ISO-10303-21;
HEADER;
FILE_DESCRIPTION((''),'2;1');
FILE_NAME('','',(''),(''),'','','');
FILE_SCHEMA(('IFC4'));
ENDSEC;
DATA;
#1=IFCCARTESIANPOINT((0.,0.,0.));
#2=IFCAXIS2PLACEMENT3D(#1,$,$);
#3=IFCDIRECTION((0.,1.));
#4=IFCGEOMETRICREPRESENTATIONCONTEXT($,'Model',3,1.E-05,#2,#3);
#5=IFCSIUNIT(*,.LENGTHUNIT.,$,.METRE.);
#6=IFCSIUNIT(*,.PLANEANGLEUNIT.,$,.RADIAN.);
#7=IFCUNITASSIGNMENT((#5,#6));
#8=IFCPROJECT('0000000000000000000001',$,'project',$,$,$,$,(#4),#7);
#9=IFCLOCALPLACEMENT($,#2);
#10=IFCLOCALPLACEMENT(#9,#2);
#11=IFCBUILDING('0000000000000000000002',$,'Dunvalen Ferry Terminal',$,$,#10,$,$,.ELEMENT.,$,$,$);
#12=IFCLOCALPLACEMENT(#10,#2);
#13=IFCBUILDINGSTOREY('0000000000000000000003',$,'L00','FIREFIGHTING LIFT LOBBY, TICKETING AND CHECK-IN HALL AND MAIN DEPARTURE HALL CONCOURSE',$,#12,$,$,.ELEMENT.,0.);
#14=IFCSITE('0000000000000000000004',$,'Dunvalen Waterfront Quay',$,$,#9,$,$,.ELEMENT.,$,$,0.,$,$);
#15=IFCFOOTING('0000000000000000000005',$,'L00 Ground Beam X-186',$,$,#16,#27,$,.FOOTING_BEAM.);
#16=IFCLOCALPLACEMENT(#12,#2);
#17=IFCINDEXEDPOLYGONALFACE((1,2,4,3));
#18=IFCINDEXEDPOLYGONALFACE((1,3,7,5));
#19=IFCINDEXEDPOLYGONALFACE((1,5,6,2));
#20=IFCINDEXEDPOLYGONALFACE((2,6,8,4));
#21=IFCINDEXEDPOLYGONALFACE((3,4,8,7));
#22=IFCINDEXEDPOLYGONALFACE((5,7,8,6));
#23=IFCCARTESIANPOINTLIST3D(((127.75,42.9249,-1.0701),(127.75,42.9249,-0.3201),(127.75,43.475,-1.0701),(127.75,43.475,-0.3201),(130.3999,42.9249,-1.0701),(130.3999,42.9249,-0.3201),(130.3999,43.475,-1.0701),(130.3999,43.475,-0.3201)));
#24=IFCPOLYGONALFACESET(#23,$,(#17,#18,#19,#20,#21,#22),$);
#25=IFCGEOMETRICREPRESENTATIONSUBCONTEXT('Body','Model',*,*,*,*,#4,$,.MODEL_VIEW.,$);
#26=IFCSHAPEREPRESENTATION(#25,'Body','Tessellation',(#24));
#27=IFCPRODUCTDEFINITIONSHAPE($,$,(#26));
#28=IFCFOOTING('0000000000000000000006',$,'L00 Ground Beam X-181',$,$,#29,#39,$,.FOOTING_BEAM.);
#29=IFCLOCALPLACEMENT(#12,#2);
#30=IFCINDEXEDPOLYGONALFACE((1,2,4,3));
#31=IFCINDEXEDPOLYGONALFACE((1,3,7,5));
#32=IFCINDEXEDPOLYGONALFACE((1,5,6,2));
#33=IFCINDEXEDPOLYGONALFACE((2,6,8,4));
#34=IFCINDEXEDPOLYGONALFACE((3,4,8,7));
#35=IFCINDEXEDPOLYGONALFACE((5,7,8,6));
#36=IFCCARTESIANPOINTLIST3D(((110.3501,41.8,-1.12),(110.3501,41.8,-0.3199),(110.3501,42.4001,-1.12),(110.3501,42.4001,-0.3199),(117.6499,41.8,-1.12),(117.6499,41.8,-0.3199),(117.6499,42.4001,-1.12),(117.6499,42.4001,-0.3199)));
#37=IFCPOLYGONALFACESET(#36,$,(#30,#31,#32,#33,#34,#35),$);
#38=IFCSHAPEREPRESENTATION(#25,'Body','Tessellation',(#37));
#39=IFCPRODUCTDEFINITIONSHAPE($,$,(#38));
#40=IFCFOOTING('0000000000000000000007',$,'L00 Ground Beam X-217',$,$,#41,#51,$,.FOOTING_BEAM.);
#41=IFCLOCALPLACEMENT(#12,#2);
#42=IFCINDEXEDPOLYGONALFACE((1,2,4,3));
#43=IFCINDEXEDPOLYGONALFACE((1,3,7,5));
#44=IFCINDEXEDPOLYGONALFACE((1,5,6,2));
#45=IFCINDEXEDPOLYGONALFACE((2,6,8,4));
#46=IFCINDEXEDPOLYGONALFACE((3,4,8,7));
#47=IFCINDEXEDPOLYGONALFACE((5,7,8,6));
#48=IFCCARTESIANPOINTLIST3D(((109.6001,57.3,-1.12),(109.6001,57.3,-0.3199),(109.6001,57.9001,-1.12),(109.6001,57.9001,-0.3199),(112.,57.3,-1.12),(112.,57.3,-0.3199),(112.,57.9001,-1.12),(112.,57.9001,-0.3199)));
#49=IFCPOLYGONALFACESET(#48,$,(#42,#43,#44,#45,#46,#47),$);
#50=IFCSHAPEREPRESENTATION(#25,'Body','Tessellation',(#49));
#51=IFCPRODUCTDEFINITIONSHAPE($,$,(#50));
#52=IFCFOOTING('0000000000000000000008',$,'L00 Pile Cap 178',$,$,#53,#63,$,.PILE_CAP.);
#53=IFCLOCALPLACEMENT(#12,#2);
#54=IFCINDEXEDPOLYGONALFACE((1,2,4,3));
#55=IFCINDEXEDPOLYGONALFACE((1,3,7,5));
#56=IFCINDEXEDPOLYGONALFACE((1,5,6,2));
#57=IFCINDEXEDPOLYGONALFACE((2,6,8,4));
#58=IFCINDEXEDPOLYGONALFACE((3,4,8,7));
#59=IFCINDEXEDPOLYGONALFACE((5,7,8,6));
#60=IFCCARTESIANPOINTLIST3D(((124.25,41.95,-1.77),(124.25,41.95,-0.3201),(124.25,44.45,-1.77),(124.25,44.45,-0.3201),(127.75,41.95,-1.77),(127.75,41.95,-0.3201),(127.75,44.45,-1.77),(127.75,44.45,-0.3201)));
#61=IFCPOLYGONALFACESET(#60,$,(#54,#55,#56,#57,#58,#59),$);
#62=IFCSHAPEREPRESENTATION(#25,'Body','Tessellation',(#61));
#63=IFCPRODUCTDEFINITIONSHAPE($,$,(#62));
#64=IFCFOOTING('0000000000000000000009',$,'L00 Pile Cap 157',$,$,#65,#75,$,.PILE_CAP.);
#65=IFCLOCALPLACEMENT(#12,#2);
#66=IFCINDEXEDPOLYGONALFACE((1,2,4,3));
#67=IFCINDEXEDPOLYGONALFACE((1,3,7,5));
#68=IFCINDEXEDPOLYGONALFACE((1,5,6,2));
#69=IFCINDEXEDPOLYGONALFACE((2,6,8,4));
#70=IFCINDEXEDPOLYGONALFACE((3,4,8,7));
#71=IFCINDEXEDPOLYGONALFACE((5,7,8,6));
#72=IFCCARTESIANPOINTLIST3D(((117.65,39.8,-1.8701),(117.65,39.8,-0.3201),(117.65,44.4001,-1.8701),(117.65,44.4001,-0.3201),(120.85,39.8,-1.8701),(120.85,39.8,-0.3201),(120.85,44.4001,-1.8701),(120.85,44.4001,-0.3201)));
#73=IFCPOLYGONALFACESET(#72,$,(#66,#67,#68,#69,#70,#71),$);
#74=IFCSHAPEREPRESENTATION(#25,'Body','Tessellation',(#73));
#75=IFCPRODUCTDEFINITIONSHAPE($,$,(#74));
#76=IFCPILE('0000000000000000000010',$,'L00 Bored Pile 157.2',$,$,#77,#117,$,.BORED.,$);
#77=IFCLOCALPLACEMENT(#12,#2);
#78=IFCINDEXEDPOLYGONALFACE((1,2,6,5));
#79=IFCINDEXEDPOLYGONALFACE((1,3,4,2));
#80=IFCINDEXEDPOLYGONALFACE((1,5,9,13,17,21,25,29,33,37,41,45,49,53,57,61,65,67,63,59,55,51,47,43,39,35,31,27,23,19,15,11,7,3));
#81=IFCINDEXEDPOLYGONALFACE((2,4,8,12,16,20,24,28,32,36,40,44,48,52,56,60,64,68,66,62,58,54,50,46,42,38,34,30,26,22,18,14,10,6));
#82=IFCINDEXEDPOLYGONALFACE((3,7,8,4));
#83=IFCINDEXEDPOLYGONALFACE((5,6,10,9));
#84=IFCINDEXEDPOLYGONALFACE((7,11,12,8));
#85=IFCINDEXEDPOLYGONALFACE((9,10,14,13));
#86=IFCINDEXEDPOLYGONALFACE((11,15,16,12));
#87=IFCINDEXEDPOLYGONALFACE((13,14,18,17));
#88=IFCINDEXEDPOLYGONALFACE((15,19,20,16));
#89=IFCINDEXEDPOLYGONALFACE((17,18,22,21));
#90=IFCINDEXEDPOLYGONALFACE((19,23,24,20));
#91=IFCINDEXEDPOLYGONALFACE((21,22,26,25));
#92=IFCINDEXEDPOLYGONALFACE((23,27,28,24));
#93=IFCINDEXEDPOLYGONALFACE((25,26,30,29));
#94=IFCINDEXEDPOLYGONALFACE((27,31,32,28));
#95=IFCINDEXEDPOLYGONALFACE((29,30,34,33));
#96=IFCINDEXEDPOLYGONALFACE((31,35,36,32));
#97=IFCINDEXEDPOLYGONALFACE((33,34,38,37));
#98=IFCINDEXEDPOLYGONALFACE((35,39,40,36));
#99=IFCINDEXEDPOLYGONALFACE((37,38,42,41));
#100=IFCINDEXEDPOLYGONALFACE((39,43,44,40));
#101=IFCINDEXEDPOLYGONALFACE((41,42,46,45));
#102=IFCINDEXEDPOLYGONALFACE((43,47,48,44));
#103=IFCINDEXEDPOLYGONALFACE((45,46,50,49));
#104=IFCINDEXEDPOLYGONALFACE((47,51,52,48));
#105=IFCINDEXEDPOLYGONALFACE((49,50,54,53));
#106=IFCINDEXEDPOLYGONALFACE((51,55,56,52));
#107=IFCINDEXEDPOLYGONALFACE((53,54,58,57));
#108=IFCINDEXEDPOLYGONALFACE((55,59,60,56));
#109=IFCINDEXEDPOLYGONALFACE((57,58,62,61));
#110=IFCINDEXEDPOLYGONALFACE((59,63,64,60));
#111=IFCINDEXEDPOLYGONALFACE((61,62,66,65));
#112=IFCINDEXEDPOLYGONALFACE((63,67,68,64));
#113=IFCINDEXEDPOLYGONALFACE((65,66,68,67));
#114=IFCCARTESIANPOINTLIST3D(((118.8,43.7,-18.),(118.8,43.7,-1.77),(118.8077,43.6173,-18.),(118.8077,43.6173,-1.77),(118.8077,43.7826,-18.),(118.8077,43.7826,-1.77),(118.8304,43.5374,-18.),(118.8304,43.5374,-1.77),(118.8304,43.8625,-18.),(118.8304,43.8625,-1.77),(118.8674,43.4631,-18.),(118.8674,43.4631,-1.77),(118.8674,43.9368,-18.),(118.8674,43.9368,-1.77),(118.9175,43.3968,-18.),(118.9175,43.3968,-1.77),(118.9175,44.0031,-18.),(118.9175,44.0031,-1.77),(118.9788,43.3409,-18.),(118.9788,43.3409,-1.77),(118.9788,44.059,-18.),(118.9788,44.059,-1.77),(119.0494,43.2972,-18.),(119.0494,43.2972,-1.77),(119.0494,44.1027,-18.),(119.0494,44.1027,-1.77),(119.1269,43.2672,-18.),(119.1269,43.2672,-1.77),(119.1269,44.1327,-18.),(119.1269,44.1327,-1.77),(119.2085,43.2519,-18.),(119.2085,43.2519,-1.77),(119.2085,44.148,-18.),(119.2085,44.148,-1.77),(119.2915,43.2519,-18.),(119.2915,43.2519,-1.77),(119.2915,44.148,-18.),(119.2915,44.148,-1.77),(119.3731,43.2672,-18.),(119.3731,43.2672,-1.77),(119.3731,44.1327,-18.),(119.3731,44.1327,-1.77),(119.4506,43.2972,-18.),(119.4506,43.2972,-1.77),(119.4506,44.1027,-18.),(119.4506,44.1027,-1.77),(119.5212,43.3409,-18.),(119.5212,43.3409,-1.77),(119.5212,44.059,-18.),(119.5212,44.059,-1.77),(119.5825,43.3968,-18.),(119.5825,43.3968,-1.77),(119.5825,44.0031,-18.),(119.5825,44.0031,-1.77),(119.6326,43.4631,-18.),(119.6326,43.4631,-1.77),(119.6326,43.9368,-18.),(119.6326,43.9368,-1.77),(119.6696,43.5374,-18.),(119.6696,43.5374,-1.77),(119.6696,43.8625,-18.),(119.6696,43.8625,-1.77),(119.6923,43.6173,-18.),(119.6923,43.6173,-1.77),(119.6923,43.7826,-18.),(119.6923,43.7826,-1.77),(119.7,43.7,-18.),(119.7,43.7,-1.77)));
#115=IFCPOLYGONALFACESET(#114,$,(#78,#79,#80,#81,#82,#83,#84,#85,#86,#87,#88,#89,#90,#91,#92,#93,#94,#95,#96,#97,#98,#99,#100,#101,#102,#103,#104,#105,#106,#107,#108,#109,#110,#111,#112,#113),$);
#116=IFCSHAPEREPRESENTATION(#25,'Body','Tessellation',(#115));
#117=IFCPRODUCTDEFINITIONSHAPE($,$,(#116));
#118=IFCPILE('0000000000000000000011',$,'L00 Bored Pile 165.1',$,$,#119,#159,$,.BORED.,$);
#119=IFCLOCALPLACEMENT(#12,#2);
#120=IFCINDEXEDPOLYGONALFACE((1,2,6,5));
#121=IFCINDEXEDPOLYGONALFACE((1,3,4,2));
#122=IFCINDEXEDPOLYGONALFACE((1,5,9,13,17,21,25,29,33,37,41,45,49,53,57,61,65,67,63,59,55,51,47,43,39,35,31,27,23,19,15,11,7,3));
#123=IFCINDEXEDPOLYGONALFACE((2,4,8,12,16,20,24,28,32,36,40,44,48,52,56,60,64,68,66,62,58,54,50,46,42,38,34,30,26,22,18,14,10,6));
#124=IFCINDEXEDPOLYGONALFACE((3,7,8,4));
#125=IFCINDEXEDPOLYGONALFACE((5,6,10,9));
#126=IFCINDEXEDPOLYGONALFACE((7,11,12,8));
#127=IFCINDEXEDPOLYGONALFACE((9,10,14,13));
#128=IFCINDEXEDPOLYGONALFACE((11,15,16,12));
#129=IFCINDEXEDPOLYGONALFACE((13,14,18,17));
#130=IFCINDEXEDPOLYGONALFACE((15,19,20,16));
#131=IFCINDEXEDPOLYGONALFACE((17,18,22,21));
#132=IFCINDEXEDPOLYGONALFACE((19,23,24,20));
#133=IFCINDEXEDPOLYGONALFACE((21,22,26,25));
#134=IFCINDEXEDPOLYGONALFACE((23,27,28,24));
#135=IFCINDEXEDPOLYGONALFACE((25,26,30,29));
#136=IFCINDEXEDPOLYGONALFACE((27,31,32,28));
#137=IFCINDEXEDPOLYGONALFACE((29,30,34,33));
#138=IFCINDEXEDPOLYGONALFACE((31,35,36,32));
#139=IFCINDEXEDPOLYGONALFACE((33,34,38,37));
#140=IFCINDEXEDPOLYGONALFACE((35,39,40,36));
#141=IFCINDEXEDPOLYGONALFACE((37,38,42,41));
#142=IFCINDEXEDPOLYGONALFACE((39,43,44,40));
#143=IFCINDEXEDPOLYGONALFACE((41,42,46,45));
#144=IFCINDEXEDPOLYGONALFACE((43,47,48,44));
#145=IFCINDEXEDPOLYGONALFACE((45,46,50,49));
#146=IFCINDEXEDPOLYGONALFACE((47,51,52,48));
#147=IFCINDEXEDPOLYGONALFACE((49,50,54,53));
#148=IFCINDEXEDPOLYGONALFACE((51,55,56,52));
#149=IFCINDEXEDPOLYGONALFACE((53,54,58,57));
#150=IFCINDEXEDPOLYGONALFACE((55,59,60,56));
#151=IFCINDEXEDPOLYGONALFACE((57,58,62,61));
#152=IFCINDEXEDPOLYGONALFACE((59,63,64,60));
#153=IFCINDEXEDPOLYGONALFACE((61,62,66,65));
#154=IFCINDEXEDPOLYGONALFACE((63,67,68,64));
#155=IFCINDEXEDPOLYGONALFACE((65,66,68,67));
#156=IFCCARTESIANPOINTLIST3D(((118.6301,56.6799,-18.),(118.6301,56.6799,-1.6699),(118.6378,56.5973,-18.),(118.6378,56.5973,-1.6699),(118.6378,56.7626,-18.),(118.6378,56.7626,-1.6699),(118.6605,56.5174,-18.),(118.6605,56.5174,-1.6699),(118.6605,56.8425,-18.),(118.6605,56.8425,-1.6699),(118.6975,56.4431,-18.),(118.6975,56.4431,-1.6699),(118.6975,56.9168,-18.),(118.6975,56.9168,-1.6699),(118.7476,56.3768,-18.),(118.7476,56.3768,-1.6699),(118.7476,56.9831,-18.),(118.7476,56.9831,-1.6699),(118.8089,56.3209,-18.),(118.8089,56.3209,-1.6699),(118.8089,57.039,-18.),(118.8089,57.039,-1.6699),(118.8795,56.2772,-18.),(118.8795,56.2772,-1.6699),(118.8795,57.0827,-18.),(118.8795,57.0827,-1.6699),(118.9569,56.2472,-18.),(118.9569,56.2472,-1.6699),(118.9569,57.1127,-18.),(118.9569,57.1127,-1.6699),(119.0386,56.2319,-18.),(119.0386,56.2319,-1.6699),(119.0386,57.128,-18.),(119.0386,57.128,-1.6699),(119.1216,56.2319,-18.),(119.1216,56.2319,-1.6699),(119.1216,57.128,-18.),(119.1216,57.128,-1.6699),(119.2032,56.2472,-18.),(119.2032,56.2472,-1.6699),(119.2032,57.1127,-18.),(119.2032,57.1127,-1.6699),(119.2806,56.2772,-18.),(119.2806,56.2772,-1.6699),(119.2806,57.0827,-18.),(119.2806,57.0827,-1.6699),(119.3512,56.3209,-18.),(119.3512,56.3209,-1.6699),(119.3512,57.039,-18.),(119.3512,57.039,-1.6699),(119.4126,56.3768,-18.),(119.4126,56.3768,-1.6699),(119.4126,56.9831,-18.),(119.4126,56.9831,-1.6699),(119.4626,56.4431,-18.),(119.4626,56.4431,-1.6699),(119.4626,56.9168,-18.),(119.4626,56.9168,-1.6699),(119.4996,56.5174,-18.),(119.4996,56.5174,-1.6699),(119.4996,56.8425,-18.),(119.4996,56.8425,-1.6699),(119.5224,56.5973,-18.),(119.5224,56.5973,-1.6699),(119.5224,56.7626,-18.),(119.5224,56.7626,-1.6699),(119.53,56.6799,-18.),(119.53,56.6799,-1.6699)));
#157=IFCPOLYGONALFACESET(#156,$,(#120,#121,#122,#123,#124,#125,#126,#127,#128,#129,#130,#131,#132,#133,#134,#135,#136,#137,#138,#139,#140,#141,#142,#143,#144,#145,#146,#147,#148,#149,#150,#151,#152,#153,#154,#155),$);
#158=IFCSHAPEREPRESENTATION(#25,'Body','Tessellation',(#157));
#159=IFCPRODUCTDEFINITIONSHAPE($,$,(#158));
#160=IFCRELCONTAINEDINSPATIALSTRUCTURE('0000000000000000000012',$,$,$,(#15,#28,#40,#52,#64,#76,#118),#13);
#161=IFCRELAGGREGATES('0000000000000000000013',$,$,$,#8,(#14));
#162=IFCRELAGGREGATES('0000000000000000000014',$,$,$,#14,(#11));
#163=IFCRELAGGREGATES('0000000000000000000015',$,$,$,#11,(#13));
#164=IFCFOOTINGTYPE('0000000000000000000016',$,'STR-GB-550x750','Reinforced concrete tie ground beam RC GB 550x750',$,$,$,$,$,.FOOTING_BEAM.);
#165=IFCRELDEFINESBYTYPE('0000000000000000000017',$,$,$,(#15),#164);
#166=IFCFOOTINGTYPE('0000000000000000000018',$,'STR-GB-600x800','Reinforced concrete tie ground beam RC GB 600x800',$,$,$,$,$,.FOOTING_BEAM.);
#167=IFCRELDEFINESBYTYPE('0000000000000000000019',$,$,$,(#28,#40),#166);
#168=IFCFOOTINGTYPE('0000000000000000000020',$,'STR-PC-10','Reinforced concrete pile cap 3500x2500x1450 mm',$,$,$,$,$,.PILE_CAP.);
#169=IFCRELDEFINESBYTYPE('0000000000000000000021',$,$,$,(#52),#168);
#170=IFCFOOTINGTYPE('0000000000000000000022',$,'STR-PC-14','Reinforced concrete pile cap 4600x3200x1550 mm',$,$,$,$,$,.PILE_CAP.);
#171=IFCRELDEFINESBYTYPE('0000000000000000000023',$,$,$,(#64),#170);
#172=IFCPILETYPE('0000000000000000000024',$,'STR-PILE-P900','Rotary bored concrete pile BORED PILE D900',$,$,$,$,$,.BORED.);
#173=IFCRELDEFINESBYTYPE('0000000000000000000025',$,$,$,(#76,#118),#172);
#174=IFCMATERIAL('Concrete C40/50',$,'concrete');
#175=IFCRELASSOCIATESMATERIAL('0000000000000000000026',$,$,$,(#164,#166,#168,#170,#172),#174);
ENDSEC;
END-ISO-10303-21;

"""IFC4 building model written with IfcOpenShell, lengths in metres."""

from ifc_helpers import new_model, si_unit, direction, frame, origin, origin_2d, place, context, subcontext, project, spatial, rectangle, circle, extrude, material, material_profile, profile_set, type_object, element, save


model = new_model("IFC4")

# Units and contexts
model_context = context("Model", 3, precision=1e-05, world=origin(), true_north=direction((0.0, 1.0)))
body_context = subcontext(model_context, "Body", "Model", "MODEL_VIEW")
ifc_project = project(units=[si_unit("LENGTHUNIT", "METRE"), si_unit("PLANEANGLEUNIT", "RADIAN")], contexts=[model_context])

# Site, building, storey
site_placement = place(None, origin())
site = spatial("IfcSite", under=ifc_project, at=site_placement, Name="Dunvalen Waterfront Quay", CompositionType="ELEMENT", RefElevation=0.0)
building_placement = place(site_placement, origin())
building = spatial("IfcBuilding", under=site, at=building_placement, Name="Dunvalen Ferry Terminal", CompositionType="ELEMENT")
storey_placement = place(building_placement, origin())
storey = spatial("IfcBuildingStorey", under=building, at=storey_placement, Name="L00", Description="FIREFIGHTING LIFT LOBBY, TICKETING AND CHECK-IN HALL AND MAIN DEPARTURE HALL CONCOURSE", CompositionType="ELEMENT", Elevation=0.0)

# Footings
ifc_material_1 = material(Name="Concrete C40/50", Category="concrete")
ifc_material_profile_1 = material_profile(ifc_material_1, rectangle(XDim=0.55, YDim=0.75, at=origin_2d()), Name="Concrete C40/50")
ifc_profile_set_1 = profile_set([ifc_material_profile_1], Name="Concrete C40/50")
footing_type_1 = type_object("IfcFootingType", Name="STR-GB-550x750", Description="Reinforced concrete tie ground beam RC GB 550x750", PredefinedType="FOOTING_BEAM", material=ifc_profile_set_1)
footing_1_placement = place(storey_placement, frame((127.75, 43.2, -0.6951), z_axis=(1.0, 0.0, 0.0), x_axis=(0.0, 1.0, 0.0)))
element("IfcFooting", 1, at=footing_1_placement, inside=storey, type_object=footing_type_1, Name="L00 Ground Beam X-186", PredefinedType="FOOTING_BEAM", context=body_context, shape_type="SweptSolid", body=[
    extrude(rectangle(XDim=0.55, YDim=0.75, at=origin_2d()), origin(), (0.0, 0.0, 1.0), 2.6499),
])
ifc_material_profile_2 = material_profile(ifc_material_1, rectangle(XDim=0.6001, YDim=0.8, at=origin_2d()), Name="Concrete C40/50")
ifc_profile_set_2 = profile_set([ifc_material_profile_2], Name="Concrete C40/50")
footing_type_2 = type_object("IfcFootingType", Name="STR-GB-600x800", Description="Reinforced concrete tie ground beam RC GB 600x800", PredefinedType="FOOTING_BEAM", material=ifc_profile_set_2)
footing_2_placement = place(storey_placement, frame((110.3501, 42.1001, -0.72), z_axis=(1.0, 0.0, 0.0), x_axis=(0.0, 1.0, 0.0)))
element("IfcFooting", 2, at=footing_2_placement, inside=storey, type_object=footing_type_2, Name="L00 Ground Beam X-181", PredefinedType="FOOTING_BEAM", context=body_context, shape_type="SweptSolid", body=[
    extrude(rectangle(XDim=0.6001, YDim=0.8, at=origin_2d()), origin(), (0.0, 0.0, 1.0), 7.2998),
])
footing_3_placement = place(storey_placement, frame((109.6001, 57.6001, -0.72), z_axis=(1.0, 0.0, 0.0), x_axis=(0.0, 1.0, 0.0)))
element("IfcFooting", 3, at=footing_3_placement, inside=storey, type_object=footing_type_2, Name="L00 Ground Beam X-217", PredefinedType="FOOTING_BEAM", context=body_context, shape_type="SweptSolid", body=[
    extrude(rectangle(XDim=0.6001, YDim=0.8, at=origin_2d()), origin(), (0.0, 0.0, 1.0), 2.3999),
])
footing_type_3 = type_object("IfcFootingType", Name="STR-PC-10", Description="Reinforced concrete pile cap 3500x2500x1450 mm", PredefinedType="PILE_CAP", material=ifc_material_1)
footing_4_placement = place(storey_placement, frame((126.0, 43.2, -1.77), z_axis=(0.0, 0.0, 1.0), x_axis=(1.0, 0.0, 0.0)))
element("IfcFooting", 4, at=footing_4_placement, inside=storey, type_object=footing_type_3, Name="L00 Pile Cap 178", PredefinedType="PILE_CAP", context=body_context, shape_type="SweptSolid", body=[
    extrude(rectangle(XDim=3.5, YDim=2.5, at=origin_2d()), origin(), (0.0, 0.0, 1.0), 1.45),
])
footing_type_4 = type_object("IfcFootingType", Name="STR-PC-14", Description="Reinforced concrete pile cap 4600x3200x1550 mm", PredefinedType="PILE_CAP", material=ifc_material_1)
footing_5_placement = place(storey_placement, frame((119.25, 42.1001, -1.8701), z_axis=(0.0, 0.0, 1.0), x_axis=(0.0, 1.0, 0.0)))
element("IfcFooting", 5, at=footing_5_placement, inside=storey, type_object=footing_type_4, Name="L00 Pile Cap 157", PredefinedType="PILE_CAP", context=body_context, shape_type="SweptSolid", body=[
    extrude(rectangle(XDim=4.6001, YDim=3.2, at=origin_2d()), origin(), (0.0, 0.0, 1.0), 1.55),
])

# Piles
ifc_material_profile_3 = material_profile(ifc_material_1, circle(Radius=0.45, at=origin_2d()), Name="Concrete C40/50")
ifc_profile_set_3 = profile_set([ifc_material_profile_3], Name="Concrete C40/50")
pile_type = type_object("IfcPileType", Name="STR-PILE-P900", Description="Rotary bored concrete pile BORED PILE D900", PredefinedType="BORED", material=ifc_profile_set_3)
pile_placement = place(storey_placement, frame((119.25, 43.7, -1.77), z_axis=(0.0, 0.0, -1.0), x_axis=(1.0, 0.0, 0.0)))
element("IfcPile", 6, at=pile_placement, inside=storey, type_object=pile_type, Name="L00 Bored Pile 157.2", PredefinedType="BORED", context=body_context, shape_type="SweptSolid", body=[
    extrude(circle(Radius=0.45, at=origin_2d()), origin(), (0.0, 0.0, 1.0), 16.23),
])
for number, where, z_axis, x_axis, name in (
    (7, (119.0801, 56.6799, -1.6699), (0.0, 0.0, -1.0), (1.0, 0.0, 0.0), "L00 Bored Pile 165.1"),
):
    element("IfcPile", number, at=place(storey_placement, frame(where, z_axis=z_axis, x_axis=x_axis)), inside=storey, type_object=pile_type, Name=name, PredefinedType="BORED", context=body_context, shape_type="SweptSolid", body=[
        extrude(circle(Radius=0.45, at=origin_2d()), origin(), (0.0, 0.0, 1.0), 16.3301),
    ])

save(model, "model.ifc")
